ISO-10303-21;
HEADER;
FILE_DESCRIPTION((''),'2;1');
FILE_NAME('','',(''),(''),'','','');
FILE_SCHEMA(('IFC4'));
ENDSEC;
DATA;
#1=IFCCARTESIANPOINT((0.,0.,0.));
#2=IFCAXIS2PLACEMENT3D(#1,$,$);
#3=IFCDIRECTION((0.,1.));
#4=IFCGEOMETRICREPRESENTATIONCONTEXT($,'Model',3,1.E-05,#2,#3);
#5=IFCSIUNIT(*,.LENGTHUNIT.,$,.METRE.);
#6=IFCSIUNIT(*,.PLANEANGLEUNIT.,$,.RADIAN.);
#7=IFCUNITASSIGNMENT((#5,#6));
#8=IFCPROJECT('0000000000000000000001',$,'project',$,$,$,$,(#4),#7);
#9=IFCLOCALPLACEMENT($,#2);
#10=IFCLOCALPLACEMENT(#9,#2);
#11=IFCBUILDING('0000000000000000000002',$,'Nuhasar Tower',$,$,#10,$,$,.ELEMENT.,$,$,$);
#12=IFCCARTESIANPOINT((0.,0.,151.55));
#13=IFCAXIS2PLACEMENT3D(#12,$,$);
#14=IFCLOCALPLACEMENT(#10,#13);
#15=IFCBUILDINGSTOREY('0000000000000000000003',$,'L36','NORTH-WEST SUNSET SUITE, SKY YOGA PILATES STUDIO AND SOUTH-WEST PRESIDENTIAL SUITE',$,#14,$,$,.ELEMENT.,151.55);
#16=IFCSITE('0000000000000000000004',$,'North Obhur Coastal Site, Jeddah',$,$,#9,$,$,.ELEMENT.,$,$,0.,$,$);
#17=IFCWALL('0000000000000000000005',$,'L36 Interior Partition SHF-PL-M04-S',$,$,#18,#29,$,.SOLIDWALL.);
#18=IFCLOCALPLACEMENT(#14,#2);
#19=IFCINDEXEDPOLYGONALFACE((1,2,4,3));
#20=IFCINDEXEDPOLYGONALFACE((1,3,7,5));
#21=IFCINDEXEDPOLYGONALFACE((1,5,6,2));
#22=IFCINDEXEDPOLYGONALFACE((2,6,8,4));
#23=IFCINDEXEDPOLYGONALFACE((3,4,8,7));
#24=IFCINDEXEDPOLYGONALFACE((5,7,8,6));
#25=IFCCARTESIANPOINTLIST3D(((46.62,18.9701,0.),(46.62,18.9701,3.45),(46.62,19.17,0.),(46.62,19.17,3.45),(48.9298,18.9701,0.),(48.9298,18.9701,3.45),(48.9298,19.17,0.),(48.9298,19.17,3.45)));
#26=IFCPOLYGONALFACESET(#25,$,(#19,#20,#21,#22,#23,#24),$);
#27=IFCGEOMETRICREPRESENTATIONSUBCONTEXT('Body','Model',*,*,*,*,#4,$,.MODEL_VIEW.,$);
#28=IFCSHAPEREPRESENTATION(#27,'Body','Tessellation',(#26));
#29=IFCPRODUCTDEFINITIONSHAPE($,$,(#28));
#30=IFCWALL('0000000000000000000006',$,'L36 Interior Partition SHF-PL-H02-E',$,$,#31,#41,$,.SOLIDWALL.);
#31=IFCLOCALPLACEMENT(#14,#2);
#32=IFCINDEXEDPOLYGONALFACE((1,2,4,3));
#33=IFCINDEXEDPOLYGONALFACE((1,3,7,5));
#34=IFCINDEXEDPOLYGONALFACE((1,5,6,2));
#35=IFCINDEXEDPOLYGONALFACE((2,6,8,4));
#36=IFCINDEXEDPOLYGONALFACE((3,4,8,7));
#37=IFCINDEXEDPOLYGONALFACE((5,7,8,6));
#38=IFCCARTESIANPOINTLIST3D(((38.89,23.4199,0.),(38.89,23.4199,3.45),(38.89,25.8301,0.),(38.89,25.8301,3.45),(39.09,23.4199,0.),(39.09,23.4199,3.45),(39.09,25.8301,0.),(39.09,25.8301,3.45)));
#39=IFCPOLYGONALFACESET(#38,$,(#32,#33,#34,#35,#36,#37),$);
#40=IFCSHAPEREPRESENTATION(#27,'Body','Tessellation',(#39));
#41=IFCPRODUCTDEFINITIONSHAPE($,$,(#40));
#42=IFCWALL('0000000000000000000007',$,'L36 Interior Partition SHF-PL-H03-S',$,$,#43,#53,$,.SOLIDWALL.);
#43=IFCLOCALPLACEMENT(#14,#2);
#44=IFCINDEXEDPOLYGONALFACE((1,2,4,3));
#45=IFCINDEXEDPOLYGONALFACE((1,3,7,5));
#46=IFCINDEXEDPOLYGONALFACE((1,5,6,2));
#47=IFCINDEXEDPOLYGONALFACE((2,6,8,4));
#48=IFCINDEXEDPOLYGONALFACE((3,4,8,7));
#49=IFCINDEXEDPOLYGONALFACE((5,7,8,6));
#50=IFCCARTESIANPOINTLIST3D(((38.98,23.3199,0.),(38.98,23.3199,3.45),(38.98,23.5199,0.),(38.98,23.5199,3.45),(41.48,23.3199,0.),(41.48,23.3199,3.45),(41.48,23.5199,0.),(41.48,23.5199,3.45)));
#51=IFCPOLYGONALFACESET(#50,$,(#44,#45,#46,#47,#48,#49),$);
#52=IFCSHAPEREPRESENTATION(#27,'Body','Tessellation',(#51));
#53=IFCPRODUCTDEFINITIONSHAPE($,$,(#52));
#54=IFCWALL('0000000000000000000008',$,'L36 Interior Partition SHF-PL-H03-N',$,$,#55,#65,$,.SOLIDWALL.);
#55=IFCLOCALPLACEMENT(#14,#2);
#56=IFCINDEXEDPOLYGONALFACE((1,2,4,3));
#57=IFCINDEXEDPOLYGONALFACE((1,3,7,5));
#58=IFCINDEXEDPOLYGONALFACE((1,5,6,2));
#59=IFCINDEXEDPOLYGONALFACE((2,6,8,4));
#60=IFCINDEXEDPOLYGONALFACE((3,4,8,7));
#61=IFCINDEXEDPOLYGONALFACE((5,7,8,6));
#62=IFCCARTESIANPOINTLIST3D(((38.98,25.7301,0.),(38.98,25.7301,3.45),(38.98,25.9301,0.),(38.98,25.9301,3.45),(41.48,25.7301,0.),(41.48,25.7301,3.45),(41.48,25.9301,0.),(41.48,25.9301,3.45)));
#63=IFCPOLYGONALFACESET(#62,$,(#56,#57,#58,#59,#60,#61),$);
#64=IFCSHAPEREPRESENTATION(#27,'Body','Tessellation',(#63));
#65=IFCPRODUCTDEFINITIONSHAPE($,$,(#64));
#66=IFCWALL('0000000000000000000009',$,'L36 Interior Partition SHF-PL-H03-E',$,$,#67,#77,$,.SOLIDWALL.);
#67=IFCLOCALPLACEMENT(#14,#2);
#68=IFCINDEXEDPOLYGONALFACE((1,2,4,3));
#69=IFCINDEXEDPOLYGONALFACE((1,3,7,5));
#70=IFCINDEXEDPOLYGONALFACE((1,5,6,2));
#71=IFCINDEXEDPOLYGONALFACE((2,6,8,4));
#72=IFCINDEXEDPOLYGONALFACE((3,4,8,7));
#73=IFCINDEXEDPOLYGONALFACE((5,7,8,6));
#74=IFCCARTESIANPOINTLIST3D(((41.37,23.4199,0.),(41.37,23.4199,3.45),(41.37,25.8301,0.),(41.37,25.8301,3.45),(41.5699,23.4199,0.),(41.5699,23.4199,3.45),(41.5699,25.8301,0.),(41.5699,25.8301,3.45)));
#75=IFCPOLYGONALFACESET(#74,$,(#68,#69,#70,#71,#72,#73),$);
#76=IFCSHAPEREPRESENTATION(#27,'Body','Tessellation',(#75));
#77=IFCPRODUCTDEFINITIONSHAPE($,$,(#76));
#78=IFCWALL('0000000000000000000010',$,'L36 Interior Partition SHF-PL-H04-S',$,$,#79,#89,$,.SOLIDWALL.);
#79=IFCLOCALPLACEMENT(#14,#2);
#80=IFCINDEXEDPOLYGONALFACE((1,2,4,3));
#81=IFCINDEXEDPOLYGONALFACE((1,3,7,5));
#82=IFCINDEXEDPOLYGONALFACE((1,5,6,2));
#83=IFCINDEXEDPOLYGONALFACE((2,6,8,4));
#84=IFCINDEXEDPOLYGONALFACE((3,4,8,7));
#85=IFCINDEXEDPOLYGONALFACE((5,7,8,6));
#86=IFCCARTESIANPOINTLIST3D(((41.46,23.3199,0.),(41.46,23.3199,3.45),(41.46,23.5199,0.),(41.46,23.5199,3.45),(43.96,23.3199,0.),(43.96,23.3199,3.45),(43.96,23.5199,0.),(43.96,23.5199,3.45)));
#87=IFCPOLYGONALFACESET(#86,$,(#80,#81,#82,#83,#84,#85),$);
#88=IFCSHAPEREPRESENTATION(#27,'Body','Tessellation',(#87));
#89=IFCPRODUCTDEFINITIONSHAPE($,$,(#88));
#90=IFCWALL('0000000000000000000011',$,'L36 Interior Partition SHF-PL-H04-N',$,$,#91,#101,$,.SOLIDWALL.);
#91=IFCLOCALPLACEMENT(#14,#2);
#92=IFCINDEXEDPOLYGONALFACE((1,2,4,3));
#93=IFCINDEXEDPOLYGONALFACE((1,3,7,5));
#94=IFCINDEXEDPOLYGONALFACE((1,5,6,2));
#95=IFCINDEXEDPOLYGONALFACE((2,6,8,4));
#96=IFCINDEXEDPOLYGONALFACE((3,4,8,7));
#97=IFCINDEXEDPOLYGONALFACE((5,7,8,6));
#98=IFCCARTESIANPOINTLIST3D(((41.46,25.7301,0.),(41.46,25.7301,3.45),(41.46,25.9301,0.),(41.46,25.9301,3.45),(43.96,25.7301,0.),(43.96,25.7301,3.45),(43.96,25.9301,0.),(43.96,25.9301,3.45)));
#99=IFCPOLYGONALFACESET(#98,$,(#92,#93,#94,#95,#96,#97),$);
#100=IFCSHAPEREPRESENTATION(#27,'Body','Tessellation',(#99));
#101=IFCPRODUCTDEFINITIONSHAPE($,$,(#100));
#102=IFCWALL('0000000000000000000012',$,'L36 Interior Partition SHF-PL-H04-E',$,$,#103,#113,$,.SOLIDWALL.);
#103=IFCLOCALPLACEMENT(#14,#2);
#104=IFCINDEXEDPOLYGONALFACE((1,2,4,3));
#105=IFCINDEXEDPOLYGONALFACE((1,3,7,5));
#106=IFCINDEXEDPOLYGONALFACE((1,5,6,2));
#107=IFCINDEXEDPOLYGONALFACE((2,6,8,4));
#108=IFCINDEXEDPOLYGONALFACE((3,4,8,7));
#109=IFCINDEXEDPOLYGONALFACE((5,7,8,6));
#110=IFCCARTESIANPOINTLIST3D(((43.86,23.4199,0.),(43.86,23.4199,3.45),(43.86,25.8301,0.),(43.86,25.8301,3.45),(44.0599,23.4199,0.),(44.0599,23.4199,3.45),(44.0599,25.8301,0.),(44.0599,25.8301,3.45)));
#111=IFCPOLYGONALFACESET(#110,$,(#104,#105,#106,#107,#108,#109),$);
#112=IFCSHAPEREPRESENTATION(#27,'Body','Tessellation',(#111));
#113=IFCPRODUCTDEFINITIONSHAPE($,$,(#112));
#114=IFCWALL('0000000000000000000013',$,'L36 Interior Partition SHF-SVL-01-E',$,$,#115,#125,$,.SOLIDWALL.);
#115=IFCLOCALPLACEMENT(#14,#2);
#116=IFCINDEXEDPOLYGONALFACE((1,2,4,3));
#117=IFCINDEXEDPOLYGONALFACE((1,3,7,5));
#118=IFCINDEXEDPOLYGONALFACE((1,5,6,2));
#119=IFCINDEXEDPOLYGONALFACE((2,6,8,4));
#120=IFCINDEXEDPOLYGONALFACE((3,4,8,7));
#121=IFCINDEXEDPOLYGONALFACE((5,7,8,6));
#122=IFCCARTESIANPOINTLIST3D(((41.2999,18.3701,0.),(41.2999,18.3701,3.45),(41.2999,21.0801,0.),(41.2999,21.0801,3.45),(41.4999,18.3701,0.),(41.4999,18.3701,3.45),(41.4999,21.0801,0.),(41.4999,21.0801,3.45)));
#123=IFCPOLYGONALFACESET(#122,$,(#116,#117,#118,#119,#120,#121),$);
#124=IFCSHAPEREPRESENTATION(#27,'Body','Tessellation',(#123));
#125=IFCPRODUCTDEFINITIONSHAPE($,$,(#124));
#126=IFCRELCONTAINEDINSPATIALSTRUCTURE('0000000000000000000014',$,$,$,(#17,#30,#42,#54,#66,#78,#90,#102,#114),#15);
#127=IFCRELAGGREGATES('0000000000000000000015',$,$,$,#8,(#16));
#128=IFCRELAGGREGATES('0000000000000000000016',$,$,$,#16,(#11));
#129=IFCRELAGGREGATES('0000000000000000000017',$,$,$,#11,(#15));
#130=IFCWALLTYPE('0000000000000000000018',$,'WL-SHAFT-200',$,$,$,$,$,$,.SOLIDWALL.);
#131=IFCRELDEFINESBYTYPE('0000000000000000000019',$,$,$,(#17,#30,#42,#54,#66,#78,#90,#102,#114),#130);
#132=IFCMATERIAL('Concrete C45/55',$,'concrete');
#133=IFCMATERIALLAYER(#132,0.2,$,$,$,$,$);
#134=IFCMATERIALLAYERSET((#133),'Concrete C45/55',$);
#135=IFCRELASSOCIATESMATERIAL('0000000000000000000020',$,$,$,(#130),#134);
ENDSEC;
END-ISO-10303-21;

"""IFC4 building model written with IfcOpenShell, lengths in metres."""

from ifc_helpers import new_model, si_unit, direction, frame, frame_2d, origin, place, context, subcontext, project, spatial, rectangle, extrude, material, layer, layer_set, type_object, element, save


model = new_model("IFC4")

# Units and contexts
model_context = context("Model", 3, precision=1e-05, world=origin(), true_north=direction((0.0, 1.0)))
body_context = subcontext(model_context, "Body", "Model", "MODEL_VIEW")
ifc_project = project(units=[si_unit("LENGTHUNIT", "METRE"), si_unit("PLANEANGLEUNIT", "RADIAN")], contexts=[model_context])

# Site, building, storey
site_placement = place(None, origin())
site = spatial("IfcSite", under=ifc_project, at=site_placement, Name="North Obhur Coastal Site, Jeddah", CompositionType="ELEMENT", RefElevation=0.0)
building_placement = place(site_placement, origin())
building = spatial("IfcBuilding", under=site, at=building_placement, Name="Nuhasar Tower", CompositionType="ELEMENT")
storey_placement = place(building_placement, frame((0.0, 0.0, 151.55)))
storey = spatial("IfcBuildingStorey", under=building, at=storey_placement, Name="L36", Description="NORTH-WEST SUNSET SUITE, SKY YOGA PILATES STUDIO AND SOUTH-WEST PRESIDENTIAL SUITE", CompositionType="ELEMENT", Elevation=151.55)

# Shared definitions
ifc_material_1 = material(Name="Concrete C45/55", Category="concrete")

# Shared definitions
ifc_layer_1 = layer(ifc_material_1, 0.2)
ifc_layer_set_1 = layer_set([ifc_layer_1], Name="Concrete C45/55")
wall_type_1 = type_object("IfcWallType", Name="WL-SHAFT-200", PredefinedType="SOLIDWALL", material=ifc_layer_set_1)

# Walls
wall_1_placement = place(storey_placement, frame((46.6201, 19.0701, 0.0), z_axis=(0.0, 0.0, 1.0), x_axis=(1.0, 0.0, 0.0)))
element("IfcWall", 1, at=wall_1_placement, inside=storey, type_object=wall_type_1, Name="L36 Interior Partition SHF-PL-M04-S", PredefinedType="SOLIDWALL", context=body_context, shape_type="SweptSolid", body=[
    extrude(rectangle(XDim=2.3098, YDim=0.2, at=frame_2d((1.1548, 0.0))), origin(), (0.0, 0.0, 1.0), 3.45),
])
wall_2_placement = place(storey_placement, frame((38.99, 23.4199, 0.0), z_axis=(0.0, 0.0, 1.0), x_axis=(0.0, 1.0, 0.0)))
element("IfcWall", 2, at=wall_2_placement, inside=storey, type_object=wall_type_1, Name="L36 Interior Partition SHF-PL-H02-E", PredefinedType="SOLIDWALL", context=body_context, shape_type="SweptSolid", body=[
    extrude(rectangle(XDim=2.4102, YDim=0.2, at=frame_2d((1.2051, 0.0))), origin(), (0.0, 0.0, 1.0), 3.45),
])
for number, where, z_axis, x_axis, name in (
    (3, (38.98, 23.4199, 0.0), (0.0, 0.0, 1.0), (1.0, 0.0, 0.0), "L36 Interior Partition SHF-PL-H03-S"),
    (4, (38.98, 25.8301, 0.0), (0.0, 0.0, 1.0), (1.0, 0.0, 0.0), "L36 Interior Partition SHF-PL-H03-N"),
):
    element("IfcWall", number, at=place(storey_placement, frame(where, z_axis=z_axis, x_axis=x_axis)), inside=storey, type_object=wall_type_1, Name=name, PredefinedType="SOLIDWALL", context=body_context, shape_type="SweptSolid", body=[
        extrude(rectangle(XDim=2.5, YDim=0.2, at=frame_2d((1.25, 0.0))), origin(), (0.0, 0.0, 1.0), 3.45),
    ])
wall_3_placement = place(storey_placement, frame((41.47, 23.4199, 0.0), z_axis=(0.0, 0.0, 1.0), x_axis=(0.0, 1.0, 0.0)))
element("IfcWall", 5, at=wall_3_placement, inside=storey, type_object=wall_type_1, Name="L36 Interior Partition SHF-PL-H03-E", PredefinedType="SOLIDWALL", context=body_context, shape_type="SweptSolid", body=[
    extrude(rectangle(XDim=2.4102, YDim=0.2, at=frame_2d((1.2051, 0.0))), origin(), (0.0, 0.0, 1.0), 3.45),
])
for number, where, z_axis, x_axis, name in (
    (6, (41.46, 23.4199, 0.0), (0.0, 0.0, 1.0), (1.0, 0.0, 0.0), "L36 Interior Partition SHF-PL-H04-S"),
    (7, (41.46, 25.8301, 0.0), (0.0, 0.0, 1.0), (1.0, 0.0, 0.0), "L36 Interior Partition SHF-PL-H04-N"),
):
    element("IfcWall", number, at=place(storey_placement, frame(where, z_axis=z_axis, x_axis=x_axis)), inside=storey, type_object=wall_type_1, Name=name, PredefinedType="SOLIDWALL", context=body_context, shape_type="SweptSolid", body=[
        extrude(rectangle(XDim=2.5, YDim=0.2, at=frame_2d((1.25, 0.0))), origin(), (0.0, 0.0, 1.0), 3.45),
    ])
wall_4_placement = place(storey_placement, frame((43.96, 23.4199, 0.0), z_axis=(0.0, 0.0, 1.0), x_axis=(0.0, 1.0, 0.0)))
element("IfcWall", 8, at=wall_4_placement, inside=storey, type_object=wall_type_1, Name="L36 Interior Partition SHF-PL-H04-E", PredefinedType="SOLIDWALL", context=body_context, shape_type="SweptSolid", body=[
    extrude(rectangle(XDim=2.4102, YDim=0.2, at=frame_2d((1.2051, 0.0))), origin(), (0.0, 0.0, 1.0), 3.45),
])
wall_5_placement = place(storey_placement, frame((41.3999, 18.3701, 0.0), z_axis=(0.0, 0.0, 1.0), x_axis=(0.0, 1.0, 0.0)))
element("IfcWall", 9, at=wall_5_placement, inside=storey, type_object=wall_type_1, Name="L36 Interior Partition SHF-SVL-01-E", PredefinedType="SOLIDWALL", context=body_context, shape_type="SweptSolid", body=[
    extrude(rectangle(XDim=2.71, YDim=0.2, at=frame_2d((1.355, 0.0))), origin(), (0.0, 0.0, 1.0), 3.45),
])

save(model, "model.ifc")
